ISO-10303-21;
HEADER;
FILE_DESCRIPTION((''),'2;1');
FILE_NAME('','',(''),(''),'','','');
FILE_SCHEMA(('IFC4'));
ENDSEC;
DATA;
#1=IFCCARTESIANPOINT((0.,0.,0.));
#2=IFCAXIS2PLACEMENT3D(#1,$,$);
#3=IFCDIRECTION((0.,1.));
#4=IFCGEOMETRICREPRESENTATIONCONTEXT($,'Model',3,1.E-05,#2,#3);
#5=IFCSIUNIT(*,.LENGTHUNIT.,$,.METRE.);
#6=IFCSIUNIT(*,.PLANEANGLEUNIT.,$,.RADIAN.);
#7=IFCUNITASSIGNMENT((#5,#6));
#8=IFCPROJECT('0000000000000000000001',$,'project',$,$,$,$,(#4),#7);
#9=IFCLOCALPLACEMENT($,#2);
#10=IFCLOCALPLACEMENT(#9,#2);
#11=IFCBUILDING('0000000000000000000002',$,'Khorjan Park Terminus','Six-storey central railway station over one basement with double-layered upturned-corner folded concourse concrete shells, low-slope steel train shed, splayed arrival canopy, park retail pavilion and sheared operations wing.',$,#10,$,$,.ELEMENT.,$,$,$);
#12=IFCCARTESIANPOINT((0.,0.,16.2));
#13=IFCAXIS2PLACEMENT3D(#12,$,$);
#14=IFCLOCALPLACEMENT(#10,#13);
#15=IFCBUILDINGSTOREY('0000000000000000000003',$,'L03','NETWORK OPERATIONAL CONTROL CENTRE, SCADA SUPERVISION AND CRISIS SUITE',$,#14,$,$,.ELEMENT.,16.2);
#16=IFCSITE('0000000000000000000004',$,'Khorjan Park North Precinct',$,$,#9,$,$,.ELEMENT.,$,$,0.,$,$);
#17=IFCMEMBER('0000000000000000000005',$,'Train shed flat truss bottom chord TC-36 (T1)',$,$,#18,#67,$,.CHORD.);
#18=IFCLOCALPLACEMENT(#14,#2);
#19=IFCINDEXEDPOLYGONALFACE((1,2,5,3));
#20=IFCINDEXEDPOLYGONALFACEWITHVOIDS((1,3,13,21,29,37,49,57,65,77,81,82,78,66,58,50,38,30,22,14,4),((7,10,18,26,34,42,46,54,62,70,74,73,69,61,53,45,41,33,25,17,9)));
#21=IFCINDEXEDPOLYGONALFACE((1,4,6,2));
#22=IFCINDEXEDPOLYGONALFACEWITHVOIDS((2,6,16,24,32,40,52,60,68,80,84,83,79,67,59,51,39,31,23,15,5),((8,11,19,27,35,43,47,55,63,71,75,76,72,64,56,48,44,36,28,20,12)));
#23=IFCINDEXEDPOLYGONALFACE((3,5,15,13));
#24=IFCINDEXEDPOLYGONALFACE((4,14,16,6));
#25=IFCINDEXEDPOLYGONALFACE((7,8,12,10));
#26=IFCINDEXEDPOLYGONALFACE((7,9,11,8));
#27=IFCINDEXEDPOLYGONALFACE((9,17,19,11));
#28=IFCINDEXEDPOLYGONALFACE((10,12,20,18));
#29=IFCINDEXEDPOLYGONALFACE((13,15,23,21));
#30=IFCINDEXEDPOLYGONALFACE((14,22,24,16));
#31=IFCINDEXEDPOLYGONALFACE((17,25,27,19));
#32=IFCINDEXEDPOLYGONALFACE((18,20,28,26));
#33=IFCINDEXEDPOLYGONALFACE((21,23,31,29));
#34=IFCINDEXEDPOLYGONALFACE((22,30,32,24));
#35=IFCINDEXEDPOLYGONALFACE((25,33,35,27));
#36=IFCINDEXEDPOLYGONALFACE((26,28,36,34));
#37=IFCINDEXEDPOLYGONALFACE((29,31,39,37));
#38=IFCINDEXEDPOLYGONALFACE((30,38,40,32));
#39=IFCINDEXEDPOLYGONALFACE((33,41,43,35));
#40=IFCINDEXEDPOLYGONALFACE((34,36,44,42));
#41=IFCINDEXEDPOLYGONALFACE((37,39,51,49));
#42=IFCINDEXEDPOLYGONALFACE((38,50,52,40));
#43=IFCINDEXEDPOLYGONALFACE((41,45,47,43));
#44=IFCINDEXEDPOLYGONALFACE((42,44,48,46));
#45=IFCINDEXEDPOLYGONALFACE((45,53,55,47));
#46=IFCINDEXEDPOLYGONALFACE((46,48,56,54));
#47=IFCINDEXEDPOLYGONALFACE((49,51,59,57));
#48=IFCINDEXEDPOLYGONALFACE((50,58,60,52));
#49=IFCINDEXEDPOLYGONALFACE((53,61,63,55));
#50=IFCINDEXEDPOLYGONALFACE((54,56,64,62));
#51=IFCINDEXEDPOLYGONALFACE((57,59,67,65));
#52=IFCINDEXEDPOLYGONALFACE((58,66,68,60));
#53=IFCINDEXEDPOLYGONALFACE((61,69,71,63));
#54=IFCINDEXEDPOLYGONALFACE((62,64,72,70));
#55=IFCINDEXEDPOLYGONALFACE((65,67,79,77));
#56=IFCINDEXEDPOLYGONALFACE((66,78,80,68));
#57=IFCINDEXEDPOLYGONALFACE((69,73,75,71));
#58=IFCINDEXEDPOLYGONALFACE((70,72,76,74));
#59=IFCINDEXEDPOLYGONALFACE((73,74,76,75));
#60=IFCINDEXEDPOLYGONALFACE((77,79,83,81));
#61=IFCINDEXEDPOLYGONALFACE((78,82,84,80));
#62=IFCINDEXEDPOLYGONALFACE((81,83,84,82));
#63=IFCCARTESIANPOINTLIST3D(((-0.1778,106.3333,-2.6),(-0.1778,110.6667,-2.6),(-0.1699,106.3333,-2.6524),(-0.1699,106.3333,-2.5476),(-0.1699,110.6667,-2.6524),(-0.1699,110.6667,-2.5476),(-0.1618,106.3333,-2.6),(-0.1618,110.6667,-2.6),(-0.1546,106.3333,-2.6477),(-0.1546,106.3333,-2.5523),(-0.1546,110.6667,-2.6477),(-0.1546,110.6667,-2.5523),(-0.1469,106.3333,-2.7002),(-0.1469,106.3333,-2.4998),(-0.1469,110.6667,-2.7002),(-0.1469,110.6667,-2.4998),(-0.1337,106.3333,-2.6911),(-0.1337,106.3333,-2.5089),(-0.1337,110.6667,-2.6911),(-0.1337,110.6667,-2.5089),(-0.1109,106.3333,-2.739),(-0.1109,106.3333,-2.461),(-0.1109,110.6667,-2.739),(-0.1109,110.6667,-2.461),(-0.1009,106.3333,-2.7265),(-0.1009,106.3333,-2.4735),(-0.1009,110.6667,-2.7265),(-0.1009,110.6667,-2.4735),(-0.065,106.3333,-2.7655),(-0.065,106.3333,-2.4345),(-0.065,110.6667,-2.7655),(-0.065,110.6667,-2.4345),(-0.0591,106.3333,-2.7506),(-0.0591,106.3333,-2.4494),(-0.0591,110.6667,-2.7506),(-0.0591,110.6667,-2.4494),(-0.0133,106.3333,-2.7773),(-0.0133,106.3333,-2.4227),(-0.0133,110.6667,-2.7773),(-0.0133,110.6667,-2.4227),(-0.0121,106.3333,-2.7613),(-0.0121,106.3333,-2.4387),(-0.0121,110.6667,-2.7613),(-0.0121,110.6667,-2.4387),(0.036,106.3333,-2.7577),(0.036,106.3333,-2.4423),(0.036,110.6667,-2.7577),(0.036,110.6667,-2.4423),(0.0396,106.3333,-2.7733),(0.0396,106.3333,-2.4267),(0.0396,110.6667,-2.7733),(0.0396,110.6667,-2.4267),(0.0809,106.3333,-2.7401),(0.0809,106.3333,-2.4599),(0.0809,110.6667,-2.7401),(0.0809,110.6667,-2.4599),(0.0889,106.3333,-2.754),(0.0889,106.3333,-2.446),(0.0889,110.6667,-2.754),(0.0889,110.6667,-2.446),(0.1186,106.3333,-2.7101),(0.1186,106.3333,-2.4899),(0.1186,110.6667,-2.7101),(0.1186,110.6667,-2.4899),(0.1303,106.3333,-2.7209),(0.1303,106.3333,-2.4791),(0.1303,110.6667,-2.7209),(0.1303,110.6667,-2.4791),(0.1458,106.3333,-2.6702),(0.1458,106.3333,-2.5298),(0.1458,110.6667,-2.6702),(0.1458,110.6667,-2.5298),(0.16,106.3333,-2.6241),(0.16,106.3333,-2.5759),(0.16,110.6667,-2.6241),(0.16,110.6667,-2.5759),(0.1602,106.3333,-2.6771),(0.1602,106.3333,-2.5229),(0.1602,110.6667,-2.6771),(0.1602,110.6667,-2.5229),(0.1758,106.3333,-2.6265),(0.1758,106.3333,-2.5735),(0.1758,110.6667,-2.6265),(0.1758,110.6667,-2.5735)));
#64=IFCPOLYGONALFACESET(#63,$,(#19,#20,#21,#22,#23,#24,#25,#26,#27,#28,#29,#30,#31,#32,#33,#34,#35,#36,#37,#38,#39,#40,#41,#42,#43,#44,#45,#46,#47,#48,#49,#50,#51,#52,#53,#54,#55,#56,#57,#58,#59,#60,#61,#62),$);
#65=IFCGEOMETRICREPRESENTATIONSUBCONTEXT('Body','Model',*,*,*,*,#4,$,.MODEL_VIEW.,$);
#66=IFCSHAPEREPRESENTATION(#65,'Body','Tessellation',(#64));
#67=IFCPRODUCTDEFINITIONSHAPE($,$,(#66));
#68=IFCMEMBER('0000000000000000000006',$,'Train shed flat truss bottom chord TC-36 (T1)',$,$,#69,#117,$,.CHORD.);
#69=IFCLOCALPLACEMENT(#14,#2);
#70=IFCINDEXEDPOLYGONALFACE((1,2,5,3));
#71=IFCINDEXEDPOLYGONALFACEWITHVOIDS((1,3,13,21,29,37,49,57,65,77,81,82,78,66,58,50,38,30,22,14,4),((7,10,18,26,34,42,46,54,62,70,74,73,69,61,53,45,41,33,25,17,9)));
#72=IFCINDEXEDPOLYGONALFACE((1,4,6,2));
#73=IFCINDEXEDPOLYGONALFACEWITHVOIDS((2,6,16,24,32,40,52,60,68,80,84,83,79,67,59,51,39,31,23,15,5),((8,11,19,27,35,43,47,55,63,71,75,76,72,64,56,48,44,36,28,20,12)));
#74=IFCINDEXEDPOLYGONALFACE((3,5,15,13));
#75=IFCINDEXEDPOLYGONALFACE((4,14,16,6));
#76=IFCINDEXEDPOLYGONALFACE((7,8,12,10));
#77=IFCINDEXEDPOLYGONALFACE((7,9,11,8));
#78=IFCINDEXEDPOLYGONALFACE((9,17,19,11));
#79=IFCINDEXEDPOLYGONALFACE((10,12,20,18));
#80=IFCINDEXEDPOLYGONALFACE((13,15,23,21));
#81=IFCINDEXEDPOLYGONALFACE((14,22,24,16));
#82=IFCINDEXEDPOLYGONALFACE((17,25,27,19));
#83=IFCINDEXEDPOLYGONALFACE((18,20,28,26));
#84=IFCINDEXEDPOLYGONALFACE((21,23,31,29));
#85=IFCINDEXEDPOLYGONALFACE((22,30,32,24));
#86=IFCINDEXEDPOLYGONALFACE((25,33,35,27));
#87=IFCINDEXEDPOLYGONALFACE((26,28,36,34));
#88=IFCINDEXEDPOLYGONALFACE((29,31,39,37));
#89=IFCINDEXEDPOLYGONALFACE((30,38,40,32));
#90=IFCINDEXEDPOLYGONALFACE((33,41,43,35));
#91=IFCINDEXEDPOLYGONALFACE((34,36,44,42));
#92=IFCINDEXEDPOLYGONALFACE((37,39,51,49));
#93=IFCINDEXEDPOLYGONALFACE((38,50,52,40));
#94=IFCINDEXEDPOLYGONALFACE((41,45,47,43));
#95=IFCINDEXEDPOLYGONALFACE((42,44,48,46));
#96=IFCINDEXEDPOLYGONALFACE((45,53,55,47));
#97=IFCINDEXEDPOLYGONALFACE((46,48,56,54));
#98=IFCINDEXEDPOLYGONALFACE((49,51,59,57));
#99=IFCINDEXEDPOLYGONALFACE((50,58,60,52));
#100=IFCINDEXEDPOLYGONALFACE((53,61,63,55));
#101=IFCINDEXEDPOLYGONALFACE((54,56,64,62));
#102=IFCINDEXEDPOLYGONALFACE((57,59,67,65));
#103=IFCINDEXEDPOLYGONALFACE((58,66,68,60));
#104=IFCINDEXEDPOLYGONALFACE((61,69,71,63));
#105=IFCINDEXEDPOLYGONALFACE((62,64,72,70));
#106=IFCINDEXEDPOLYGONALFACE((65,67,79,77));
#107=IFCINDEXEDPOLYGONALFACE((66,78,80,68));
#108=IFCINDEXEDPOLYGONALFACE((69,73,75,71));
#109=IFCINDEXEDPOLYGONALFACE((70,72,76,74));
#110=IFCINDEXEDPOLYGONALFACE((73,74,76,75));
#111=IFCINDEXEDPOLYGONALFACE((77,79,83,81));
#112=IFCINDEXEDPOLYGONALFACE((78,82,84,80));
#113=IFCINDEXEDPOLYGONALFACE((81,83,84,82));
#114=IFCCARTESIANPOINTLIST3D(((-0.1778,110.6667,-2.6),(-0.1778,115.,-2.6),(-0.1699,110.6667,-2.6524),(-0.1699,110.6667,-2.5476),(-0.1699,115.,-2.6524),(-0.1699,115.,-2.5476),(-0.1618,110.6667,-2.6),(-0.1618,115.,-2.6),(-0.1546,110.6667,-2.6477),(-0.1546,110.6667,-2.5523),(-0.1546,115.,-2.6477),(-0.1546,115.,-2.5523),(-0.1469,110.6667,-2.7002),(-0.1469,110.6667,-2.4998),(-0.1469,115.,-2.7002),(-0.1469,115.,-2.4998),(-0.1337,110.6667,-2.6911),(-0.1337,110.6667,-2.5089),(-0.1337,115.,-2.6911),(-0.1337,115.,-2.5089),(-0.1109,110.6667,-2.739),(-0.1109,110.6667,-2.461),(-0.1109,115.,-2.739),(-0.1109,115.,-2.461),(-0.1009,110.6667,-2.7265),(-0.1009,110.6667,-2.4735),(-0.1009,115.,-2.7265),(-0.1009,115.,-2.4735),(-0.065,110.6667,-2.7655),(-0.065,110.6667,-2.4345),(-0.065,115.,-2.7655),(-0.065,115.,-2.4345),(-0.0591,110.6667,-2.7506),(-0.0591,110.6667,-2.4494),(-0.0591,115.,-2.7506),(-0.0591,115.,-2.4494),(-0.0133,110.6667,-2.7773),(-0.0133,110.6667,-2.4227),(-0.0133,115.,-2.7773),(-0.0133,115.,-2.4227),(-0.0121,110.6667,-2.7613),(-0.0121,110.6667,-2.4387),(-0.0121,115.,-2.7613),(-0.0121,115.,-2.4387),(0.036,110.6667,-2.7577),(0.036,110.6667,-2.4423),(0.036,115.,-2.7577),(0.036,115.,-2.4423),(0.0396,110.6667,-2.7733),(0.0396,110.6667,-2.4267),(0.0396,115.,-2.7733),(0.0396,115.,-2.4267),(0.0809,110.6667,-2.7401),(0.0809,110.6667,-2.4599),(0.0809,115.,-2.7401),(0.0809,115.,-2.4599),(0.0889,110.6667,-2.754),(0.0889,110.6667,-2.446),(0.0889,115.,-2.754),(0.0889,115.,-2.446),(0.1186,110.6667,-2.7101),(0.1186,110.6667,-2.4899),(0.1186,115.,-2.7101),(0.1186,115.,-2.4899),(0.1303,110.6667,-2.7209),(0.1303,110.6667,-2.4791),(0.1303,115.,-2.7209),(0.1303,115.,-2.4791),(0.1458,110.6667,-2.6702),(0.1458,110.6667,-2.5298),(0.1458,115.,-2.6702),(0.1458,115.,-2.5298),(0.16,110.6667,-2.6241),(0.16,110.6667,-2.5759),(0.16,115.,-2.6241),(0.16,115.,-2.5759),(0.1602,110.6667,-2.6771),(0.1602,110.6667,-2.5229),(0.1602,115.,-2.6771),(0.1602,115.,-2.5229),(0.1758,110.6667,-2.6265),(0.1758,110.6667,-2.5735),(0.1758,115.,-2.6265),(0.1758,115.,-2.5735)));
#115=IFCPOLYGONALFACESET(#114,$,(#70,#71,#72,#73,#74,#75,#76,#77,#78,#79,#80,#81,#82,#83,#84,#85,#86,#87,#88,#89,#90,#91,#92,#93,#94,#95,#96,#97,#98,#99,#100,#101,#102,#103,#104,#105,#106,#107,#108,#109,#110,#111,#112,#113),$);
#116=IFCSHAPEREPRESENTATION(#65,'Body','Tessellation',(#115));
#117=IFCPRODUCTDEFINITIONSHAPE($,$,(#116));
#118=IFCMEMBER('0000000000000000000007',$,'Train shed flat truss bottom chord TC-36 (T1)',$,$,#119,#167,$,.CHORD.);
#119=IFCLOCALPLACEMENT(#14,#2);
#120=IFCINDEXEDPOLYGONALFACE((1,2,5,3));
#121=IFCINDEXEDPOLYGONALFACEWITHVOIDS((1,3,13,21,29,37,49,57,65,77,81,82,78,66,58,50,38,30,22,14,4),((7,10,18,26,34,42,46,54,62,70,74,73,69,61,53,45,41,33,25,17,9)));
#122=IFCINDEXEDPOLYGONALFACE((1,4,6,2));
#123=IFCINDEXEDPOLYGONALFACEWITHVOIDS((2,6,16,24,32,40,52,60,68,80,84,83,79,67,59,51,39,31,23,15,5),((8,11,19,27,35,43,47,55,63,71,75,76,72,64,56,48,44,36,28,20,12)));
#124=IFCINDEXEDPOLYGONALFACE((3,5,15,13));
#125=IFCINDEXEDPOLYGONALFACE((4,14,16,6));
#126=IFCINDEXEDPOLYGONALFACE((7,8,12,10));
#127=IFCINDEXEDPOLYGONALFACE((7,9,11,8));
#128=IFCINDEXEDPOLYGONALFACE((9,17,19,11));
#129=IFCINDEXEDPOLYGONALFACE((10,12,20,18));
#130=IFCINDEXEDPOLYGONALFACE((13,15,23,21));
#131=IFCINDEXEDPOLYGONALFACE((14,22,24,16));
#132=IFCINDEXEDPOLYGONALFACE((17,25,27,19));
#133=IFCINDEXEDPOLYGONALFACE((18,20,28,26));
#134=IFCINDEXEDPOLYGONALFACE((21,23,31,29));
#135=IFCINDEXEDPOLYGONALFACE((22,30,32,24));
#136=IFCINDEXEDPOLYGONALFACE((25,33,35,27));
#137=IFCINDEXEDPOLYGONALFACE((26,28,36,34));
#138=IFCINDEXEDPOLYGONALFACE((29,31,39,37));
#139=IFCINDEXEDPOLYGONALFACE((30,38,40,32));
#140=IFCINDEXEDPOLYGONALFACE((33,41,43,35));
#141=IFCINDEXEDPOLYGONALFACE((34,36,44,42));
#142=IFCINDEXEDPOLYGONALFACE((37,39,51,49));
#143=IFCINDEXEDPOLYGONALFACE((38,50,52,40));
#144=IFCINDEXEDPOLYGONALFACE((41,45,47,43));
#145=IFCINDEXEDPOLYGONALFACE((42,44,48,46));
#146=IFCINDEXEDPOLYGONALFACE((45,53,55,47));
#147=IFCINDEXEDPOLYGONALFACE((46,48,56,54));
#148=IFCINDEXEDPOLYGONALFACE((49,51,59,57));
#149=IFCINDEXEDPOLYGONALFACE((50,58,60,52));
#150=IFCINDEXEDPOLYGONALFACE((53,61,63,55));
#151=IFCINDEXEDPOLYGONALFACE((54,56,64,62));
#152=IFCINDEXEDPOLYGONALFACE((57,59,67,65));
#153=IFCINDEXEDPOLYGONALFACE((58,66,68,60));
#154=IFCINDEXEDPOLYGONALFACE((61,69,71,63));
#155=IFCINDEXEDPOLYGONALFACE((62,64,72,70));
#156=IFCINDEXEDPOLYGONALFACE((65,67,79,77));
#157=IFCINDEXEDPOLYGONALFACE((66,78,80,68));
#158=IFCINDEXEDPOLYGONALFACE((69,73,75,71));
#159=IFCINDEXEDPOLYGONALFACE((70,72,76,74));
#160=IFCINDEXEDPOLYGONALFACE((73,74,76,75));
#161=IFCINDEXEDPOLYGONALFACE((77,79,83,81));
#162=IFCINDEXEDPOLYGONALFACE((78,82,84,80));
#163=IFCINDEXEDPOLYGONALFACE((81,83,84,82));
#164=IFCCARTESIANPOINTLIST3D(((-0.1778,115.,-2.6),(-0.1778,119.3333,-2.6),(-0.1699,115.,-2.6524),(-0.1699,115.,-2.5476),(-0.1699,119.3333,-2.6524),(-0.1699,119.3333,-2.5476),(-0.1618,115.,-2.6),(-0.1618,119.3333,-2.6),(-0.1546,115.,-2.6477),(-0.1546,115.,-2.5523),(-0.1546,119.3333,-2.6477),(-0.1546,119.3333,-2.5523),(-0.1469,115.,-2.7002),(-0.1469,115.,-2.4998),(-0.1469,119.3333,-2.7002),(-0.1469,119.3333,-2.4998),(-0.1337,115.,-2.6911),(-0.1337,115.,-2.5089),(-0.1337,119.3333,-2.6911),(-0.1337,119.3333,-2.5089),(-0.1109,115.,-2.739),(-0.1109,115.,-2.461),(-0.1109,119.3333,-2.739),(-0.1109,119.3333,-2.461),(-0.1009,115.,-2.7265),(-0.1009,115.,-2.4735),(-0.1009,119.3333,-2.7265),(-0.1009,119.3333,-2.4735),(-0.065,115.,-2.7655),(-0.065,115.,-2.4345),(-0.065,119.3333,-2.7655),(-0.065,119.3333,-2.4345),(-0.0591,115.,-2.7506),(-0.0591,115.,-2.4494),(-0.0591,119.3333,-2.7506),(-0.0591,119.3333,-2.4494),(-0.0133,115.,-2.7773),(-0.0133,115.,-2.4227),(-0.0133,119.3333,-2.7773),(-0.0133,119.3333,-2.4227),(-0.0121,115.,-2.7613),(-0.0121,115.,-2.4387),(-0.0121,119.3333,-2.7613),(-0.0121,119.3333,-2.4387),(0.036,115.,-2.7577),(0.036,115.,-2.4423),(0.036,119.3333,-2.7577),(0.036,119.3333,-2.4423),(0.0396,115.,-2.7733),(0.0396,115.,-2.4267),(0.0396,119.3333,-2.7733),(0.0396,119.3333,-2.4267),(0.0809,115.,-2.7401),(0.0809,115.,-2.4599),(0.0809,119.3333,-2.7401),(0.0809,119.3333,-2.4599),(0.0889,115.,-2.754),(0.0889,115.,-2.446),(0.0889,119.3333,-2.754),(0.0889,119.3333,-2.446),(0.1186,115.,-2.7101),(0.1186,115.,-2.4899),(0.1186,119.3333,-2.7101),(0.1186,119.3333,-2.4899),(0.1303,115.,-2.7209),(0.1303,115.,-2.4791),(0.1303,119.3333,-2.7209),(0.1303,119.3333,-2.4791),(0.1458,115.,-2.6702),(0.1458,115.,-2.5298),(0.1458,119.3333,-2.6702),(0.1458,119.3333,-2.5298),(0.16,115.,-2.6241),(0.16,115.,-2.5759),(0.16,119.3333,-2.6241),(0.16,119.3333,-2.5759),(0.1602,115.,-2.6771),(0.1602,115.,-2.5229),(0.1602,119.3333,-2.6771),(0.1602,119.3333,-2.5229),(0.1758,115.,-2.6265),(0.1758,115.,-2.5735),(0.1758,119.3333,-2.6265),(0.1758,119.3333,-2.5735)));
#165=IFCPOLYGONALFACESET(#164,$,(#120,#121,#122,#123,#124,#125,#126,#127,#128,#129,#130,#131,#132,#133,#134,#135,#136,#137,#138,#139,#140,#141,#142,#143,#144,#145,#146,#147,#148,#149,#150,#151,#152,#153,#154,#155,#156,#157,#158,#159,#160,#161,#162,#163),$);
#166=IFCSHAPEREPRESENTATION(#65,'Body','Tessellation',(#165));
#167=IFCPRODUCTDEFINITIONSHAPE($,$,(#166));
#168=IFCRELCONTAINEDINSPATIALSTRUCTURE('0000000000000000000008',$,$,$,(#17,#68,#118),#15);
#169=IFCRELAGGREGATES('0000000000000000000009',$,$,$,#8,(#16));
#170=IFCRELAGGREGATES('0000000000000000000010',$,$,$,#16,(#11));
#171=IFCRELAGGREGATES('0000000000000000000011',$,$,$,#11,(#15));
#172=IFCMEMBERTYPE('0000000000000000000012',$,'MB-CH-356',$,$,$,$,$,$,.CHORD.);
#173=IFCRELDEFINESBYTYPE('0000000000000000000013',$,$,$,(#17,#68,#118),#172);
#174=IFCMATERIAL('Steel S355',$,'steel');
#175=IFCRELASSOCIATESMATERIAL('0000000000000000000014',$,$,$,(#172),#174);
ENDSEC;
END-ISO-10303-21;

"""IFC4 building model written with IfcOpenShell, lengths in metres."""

from ifc_helpers import new_model, si_unit, direction, frame, origin, origin_2d, place, context, subcontext, project, spatial, hollow_circle, extrude, material, material_profile, profile_set, type_object, element, save


model = new_model("IFC4")

# Units and contexts
model_context = context("Model", 3, precision=1e-05, world=origin(), true_north=direction((0.0, 1.0)))
body_context = subcontext(model_context, "Body", "Model", "MODEL_VIEW")
ifc_project = project(units=[si_unit("LENGTHUNIT", "METRE"), si_unit("PLANEANGLEUNIT", "RADIAN")], contexts=[model_context])

# Site, building, storey
site_placement = place(None, origin())
site = spatial("IfcSite", under=ifc_project, at=site_placement, Name="Khorjan Park North Precinct", CompositionType="ELEMENT", RefElevation=0.0)
building_placement = place(site_placement, origin())
building = spatial("IfcBuilding", under=site, at=building_placement, Name="Khorjan Park Terminus", Description="Six-storey central railway station over one basement with double-layered upturned-corner folded concourse concrete shells, low-slope steel train shed, splayed arrival canopy, park retail pavilion and sheared operations wing.", CompositionType="ELEMENT")
storey_placement = place(building_placement, frame((0.0, 0.0, 16.2)))
storey = spatial("IfcBuildingStorey", under=building, at=storey_placement, Name="L03", Description="NETWORK OPERATIONAL CONTROL CENTRE, SCADA SUPERVISION AND CRISIS SUITE", CompositionType="ELEMENT", Elevation=16.2)

# Members
ifc_material_1 = material(Name="Steel S355", Category="steel")
ifc_material_profile_1 = material_profile(ifc_material_1, hollow_circle(Radius=0.1778, WallThickness=0.016, at=origin_2d()), Name="CHS 355.6x16")
ifc_profile_set_1 = profile_set([ifc_material_profile_1], Name="Steel S355")
member_type_1 = type_object("IfcMemberType", Name="MB-CH-356", PredefinedType="CHORD", material=ifc_profile_set_1)
member_1_placement = place(storey_placement, frame((0.0, 106.3333, -2.6), z_axis=(0.0, 1.0, 0.0), x_axis=(-1.0, 0.0, 0.0)))
element("IfcMember", 1, at=member_1_placement, inside=storey, type_object=member_type_1, Name="Train shed flat truss bottom chord TC-36 (T1)", PredefinedType="CHORD", context=body_context, shape_type="SweptSolid", body=[
    extrude(hollow_circle(Radius=0.1778, WallThickness=0.016, at=origin_2d()), origin(), (0.0, 0.0, 1.0), 4.3334),
])
for number, where, z_axis, x_axis, name in (
    (2, (0.0, 110.6667, -2.6), (0.0, 1.0, 0.0), (-1.0, 0.0, 0.0), "Train shed flat truss bottom chord TC-36 (T1)"),
    (3, (0.0, 115.0, -2.6), (0.0, 1.0, 0.0), (-1.0, 0.0, 0.0), "Train shed flat truss bottom chord TC-36 (T1)"),
):
    element("IfcMember", number, at=place(storey_placement, frame(where, z_axis=z_axis, x_axis=x_axis)), inside=storey, type_object=member_type_1, Name=name, PredefinedType="CHORD", context=body_context, shape_type="SweptSolid", body=[
        extrude(hollow_circle(Radius=0.1778, WallThickness=0.016, at=origin_2d()), origin(), (0.0, 0.0, 1.0), 4.3333),
    ])

save(model, "model.ifc")
